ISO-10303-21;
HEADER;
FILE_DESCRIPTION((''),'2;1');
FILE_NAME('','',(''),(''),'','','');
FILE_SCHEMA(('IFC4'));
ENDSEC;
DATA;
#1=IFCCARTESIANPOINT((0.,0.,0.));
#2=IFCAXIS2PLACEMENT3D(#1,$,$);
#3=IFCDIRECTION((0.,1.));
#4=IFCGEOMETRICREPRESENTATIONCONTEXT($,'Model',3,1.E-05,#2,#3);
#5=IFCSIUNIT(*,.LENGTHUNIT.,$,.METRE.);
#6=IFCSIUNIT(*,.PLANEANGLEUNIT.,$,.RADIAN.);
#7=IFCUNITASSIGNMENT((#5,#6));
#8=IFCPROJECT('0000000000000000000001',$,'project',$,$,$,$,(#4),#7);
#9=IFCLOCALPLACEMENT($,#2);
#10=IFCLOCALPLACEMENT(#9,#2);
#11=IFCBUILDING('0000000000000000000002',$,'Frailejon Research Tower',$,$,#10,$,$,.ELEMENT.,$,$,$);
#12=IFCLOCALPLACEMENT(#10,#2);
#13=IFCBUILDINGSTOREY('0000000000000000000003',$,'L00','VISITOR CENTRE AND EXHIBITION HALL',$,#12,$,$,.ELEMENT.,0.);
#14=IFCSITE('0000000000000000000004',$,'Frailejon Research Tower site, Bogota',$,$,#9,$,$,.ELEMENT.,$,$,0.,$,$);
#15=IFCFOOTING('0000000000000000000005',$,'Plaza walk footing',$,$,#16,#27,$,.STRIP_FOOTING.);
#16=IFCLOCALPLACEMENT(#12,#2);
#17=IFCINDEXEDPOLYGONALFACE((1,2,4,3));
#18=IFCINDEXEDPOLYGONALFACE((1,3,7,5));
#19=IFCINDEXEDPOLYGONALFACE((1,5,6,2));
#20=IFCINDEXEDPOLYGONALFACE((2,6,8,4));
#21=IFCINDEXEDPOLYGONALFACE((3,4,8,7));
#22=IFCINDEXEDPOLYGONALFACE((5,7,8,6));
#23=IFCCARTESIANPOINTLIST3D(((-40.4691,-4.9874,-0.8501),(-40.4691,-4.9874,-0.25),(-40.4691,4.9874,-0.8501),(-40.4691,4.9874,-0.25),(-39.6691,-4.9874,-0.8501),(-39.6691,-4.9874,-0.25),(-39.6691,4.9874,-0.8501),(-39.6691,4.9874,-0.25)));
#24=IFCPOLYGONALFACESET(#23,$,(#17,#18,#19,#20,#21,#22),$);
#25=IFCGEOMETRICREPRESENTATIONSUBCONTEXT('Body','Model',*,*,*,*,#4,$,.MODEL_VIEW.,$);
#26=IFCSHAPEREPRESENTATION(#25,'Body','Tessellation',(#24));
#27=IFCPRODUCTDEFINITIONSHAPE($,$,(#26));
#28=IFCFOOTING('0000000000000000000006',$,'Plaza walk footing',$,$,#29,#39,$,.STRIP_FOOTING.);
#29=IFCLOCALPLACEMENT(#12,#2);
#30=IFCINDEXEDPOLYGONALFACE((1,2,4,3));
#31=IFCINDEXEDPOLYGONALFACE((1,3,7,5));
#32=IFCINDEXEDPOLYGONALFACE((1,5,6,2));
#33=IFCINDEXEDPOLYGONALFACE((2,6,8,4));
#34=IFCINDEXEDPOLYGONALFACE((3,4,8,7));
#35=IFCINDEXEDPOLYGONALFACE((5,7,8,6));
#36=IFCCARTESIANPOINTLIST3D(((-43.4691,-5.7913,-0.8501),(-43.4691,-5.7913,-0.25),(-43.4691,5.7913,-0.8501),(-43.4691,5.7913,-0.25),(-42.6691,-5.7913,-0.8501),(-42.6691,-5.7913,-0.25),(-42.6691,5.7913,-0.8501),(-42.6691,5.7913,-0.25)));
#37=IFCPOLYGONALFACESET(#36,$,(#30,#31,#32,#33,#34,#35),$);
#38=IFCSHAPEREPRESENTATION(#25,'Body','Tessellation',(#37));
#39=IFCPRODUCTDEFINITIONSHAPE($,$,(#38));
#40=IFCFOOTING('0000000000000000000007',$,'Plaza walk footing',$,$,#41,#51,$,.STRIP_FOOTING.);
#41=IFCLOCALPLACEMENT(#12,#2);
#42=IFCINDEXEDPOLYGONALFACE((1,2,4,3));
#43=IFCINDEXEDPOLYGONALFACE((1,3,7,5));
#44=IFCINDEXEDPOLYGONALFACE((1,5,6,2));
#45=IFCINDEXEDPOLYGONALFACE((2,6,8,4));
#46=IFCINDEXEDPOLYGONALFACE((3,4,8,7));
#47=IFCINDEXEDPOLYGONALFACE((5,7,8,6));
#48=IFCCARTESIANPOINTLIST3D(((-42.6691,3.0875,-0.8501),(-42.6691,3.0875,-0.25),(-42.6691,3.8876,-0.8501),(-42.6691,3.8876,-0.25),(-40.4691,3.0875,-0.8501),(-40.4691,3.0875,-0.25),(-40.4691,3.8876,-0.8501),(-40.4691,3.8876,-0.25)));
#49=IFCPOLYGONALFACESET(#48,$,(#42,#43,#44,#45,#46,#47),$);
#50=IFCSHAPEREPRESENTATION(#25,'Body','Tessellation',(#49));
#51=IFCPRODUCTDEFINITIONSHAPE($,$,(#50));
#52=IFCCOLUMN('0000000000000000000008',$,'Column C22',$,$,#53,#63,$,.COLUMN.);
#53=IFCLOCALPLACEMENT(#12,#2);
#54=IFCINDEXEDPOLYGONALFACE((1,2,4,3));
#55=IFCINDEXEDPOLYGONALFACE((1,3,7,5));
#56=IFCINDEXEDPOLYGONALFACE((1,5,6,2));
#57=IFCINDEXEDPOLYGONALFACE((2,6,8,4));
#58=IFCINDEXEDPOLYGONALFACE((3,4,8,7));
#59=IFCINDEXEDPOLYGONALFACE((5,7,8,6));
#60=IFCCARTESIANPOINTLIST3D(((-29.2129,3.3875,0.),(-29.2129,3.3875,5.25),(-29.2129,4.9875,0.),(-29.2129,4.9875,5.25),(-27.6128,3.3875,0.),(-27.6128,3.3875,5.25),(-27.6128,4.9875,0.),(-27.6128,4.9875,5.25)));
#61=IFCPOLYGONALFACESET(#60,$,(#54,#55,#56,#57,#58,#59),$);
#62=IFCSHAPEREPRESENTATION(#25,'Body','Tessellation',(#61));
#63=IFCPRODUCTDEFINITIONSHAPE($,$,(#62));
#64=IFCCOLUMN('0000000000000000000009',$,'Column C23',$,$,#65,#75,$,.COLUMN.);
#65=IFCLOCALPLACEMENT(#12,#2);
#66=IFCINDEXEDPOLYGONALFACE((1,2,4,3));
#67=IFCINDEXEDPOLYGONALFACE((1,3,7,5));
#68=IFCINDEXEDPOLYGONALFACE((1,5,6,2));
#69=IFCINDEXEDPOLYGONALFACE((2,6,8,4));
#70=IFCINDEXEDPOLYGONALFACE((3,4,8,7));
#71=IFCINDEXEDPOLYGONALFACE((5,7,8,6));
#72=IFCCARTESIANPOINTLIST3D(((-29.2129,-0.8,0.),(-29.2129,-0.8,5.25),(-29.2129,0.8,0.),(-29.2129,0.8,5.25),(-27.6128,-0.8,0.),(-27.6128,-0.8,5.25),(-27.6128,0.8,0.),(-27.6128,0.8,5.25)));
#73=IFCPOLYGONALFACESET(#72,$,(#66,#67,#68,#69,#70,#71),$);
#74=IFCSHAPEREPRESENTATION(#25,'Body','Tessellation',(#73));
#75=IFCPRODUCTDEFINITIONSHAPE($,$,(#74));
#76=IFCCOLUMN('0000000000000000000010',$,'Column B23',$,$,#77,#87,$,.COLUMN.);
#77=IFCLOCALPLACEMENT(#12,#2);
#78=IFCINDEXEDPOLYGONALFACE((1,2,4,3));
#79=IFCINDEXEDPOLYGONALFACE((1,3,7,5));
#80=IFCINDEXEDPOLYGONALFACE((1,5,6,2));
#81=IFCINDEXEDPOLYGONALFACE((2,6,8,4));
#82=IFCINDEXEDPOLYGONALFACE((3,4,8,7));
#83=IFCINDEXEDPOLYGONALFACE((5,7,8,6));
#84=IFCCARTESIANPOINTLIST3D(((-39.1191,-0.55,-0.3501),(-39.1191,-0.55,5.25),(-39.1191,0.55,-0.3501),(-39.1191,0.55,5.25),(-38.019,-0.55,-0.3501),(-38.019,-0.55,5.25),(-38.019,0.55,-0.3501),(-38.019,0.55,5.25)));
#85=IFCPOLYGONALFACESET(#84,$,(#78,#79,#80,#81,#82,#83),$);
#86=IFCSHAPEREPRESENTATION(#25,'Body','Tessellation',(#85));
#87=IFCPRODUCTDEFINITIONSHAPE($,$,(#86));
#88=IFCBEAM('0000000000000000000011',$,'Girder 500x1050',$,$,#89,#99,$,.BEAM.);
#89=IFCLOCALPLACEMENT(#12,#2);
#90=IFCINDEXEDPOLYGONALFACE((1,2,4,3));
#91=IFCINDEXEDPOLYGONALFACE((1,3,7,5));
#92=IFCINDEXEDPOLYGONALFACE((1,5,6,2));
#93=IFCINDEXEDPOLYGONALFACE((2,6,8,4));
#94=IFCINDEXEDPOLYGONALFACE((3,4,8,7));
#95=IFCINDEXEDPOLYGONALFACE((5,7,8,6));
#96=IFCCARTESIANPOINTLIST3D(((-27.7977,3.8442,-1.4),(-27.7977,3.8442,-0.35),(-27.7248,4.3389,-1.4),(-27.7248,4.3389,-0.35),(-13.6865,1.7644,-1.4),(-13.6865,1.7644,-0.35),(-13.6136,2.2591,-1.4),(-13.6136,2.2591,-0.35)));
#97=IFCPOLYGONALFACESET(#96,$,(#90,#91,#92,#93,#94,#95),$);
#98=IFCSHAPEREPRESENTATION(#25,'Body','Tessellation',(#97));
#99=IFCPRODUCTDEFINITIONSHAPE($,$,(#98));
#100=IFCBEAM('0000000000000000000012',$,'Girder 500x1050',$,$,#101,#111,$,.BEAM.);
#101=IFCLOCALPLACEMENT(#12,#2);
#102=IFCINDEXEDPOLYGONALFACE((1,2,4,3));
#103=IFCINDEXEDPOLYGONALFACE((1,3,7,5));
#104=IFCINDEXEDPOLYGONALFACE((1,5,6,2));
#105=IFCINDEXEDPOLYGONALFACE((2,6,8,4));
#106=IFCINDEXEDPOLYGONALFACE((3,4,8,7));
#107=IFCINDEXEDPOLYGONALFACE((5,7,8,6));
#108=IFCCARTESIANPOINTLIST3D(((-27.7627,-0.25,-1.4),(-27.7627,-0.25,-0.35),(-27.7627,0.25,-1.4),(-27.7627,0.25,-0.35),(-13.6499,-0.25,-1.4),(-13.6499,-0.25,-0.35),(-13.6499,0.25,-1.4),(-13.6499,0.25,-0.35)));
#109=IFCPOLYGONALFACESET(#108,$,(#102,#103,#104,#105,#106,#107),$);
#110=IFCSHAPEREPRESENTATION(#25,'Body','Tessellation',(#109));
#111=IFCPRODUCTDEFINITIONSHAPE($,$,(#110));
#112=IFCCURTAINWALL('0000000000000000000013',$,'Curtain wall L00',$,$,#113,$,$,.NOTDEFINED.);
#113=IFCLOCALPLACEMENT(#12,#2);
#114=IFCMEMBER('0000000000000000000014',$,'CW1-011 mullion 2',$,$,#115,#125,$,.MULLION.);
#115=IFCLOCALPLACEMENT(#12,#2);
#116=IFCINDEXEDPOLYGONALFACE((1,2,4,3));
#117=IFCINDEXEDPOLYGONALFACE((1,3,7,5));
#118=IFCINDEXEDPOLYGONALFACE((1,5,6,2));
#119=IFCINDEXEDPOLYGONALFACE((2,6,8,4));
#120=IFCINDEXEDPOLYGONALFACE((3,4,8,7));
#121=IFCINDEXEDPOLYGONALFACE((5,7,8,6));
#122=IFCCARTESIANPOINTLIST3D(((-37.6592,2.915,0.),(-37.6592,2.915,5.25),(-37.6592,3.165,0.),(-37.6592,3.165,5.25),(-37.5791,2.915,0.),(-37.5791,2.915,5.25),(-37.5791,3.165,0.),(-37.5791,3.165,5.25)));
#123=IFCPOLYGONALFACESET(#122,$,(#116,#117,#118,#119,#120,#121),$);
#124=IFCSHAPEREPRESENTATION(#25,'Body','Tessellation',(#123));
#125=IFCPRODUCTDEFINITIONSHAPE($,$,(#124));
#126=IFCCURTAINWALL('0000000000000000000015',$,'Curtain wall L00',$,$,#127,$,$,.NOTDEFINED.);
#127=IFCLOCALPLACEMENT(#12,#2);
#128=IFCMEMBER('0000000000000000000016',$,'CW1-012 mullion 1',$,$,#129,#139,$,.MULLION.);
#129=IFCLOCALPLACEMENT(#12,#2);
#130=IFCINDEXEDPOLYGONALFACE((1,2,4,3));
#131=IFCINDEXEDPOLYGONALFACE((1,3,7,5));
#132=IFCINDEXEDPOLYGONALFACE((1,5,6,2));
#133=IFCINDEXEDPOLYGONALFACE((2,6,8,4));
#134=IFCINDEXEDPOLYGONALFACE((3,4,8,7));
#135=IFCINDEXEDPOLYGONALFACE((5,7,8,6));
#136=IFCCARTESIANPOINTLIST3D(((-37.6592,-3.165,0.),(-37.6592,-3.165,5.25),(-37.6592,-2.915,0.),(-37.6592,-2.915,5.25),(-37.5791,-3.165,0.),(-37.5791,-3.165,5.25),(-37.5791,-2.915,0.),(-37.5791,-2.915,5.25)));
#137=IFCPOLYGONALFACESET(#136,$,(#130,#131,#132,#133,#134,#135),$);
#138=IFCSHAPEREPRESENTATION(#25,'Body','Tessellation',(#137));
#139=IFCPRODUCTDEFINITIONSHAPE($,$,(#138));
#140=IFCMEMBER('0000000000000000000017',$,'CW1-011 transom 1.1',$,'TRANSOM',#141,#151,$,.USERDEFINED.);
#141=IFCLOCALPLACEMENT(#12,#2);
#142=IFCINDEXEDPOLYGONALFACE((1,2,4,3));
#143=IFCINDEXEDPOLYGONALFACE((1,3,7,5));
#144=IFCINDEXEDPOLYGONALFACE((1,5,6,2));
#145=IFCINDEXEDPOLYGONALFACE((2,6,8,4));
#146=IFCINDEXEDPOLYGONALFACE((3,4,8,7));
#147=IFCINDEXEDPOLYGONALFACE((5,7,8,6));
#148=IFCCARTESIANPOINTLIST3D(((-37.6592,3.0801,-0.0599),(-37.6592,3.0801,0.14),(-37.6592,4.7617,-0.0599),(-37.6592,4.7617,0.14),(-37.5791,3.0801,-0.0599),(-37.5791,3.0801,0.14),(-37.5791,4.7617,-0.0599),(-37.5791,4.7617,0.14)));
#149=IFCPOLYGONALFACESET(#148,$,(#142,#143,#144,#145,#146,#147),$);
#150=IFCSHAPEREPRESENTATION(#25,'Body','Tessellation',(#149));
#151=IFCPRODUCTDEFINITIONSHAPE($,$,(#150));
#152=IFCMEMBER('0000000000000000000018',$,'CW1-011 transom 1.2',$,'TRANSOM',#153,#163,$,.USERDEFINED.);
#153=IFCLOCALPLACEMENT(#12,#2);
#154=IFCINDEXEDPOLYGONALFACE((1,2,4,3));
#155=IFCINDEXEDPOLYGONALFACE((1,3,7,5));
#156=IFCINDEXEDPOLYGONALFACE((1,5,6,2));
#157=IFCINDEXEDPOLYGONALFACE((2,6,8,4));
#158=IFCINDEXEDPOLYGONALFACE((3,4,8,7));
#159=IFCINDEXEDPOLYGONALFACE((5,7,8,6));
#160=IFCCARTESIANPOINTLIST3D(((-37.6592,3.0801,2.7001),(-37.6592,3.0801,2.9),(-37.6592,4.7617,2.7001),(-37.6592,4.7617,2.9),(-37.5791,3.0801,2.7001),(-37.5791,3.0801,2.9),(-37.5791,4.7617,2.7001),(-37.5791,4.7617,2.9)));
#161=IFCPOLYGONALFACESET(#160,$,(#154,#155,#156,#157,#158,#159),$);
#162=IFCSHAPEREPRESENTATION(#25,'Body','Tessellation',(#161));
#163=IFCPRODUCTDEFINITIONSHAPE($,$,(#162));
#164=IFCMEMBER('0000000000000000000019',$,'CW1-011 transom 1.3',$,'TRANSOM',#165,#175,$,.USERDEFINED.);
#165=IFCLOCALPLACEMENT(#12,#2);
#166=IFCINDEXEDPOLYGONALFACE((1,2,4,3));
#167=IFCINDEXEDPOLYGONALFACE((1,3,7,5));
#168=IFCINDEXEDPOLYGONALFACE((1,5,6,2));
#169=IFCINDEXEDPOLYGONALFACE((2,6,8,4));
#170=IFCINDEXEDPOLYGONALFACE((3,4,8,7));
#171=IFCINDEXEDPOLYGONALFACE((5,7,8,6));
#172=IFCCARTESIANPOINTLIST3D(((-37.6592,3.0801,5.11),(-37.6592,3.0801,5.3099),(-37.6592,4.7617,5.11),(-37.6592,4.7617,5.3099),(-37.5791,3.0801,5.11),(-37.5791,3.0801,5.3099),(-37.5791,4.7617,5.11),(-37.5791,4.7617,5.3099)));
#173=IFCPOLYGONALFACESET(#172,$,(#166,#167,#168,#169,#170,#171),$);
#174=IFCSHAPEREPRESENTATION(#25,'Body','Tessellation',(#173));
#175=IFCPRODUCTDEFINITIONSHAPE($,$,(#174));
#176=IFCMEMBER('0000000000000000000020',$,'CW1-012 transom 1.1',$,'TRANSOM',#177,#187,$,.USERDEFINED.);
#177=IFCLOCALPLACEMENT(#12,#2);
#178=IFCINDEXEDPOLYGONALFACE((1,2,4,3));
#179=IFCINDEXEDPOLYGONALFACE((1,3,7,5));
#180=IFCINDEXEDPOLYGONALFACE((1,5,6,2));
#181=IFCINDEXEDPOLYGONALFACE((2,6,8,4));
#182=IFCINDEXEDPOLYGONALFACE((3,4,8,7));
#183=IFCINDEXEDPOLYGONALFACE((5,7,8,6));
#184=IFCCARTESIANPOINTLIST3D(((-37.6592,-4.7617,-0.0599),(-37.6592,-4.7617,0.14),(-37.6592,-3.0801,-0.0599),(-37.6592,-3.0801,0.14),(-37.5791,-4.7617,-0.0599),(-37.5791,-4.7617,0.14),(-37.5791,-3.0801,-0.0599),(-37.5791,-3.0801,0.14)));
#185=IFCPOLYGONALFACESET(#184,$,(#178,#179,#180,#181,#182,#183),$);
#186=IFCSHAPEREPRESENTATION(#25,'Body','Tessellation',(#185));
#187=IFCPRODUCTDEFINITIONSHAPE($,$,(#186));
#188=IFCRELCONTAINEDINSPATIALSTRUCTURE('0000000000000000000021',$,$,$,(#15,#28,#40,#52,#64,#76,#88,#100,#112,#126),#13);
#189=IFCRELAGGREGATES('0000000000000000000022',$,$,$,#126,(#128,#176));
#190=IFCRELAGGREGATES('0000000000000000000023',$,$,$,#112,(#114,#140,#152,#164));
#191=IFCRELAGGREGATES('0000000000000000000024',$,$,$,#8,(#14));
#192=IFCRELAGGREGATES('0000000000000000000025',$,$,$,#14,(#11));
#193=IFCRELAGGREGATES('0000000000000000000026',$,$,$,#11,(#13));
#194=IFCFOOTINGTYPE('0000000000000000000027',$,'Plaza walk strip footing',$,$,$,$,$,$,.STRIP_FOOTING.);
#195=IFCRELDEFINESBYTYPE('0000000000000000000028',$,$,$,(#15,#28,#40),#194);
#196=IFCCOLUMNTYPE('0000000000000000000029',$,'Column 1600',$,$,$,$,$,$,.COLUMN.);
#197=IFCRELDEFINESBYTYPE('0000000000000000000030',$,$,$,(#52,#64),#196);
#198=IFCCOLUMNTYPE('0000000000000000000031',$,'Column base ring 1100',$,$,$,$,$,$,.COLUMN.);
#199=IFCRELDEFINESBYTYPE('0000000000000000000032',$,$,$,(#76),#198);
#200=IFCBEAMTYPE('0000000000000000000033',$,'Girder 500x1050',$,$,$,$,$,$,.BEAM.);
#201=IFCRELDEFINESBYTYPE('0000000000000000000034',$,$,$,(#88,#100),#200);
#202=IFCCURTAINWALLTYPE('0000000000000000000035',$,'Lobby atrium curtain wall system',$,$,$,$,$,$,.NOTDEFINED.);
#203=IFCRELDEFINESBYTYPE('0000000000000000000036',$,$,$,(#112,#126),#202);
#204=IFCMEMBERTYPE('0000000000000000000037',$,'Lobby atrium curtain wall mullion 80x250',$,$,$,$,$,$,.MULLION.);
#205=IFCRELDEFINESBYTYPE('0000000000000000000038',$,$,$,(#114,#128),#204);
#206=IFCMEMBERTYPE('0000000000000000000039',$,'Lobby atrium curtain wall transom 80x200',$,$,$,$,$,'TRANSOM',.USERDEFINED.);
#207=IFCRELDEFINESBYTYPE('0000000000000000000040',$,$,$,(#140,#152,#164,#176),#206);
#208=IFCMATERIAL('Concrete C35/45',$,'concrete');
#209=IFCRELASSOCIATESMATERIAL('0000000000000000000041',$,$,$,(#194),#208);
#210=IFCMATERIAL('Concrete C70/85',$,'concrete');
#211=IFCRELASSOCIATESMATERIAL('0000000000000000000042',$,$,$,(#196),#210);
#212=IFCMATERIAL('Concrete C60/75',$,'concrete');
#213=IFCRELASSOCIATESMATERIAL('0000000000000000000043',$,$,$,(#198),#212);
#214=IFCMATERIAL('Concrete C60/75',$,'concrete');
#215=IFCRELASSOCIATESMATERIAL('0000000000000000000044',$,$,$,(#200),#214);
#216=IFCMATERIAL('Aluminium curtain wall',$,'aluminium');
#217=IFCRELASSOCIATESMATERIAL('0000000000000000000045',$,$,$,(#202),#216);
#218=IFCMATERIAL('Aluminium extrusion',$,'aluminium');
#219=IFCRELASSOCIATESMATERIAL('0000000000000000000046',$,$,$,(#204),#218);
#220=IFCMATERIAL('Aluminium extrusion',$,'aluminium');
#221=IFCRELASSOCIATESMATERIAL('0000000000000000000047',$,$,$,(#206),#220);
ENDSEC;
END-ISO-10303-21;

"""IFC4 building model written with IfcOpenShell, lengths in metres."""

from ifc_helpers import new_model, si_unit, direction, frame, origin, origin_2d, place, context, subcontext, project, spatial, rectangle, extrude, material, material_profile, profile_set, type_object, element, aggregate, save


model = new_model("IFC4")

# Units and contexts
model_context = context("Model", 3, precision=1e-05, world=origin(), true_north=direction((0.0, 1.0)))
body_context = subcontext(model_context, "Body", "Model", "MODEL_VIEW")
ifc_project = project(units=[si_unit("LENGTHUNIT", "METRE"), si_unit("PLANEANGLEUNIT", "RADIAN")], contexts=[model_context])

# Site, building, storey
site_placement = place(None, origin())
site = spatial("IfcSite", under=ifc_project, at=site_placement, Name="Frailejon Research Tower site, Bogota", CompositionType="ELEMENT", RefElevation=0.0)
building_placement = place(site_placement, origin())
building = spatial("IfcBuilding", under=site, at=building_placement, Name="Frailejon Research Tower", CompositionType="ELEMENT")
storey_placement = place(building_placement, origin())
storey = spatial("IfcBuildingStorey", under=building, at=storey_placement, Name="L00", Description="VISITOR CENTRE AND EXHIBITION HALL", CompositionType="ELEMENT", Elevation=0.0)

# Footings
ifc_material_1 = material(Name="Concrete C35/45", Category="concrete")
footing_type = type_object("IfcFootingType", Name="Plaza walk strip footing", PredefinedType="STRIP_FOOTING", material=ifc_material_1)
footing_1_placement = place(storey_placement, frame((-40.0691, 0.0, -0.8501), z_axis=(0.0, 0.0, 1.0), x_axis=(-1.0, 0.0, 0.0)))
element("IfcFooting", 1, at=footing_1_placement, inside=storey, type_object=footing_type, Name="Plaza walk footing", PredefinedType="STRIP_FOOTING", context=body_context, shape_type="SweptSolid", body=[
    extrude(rectangle(XDim=0.8, YDim=9.9749, at=origin_2d()), origin(), (0.0, 0.0, 1.0), 0.6001),
])
footing_2_placement = place(storey_placement, frame((-43.0691, 0.0, -0.8501), z_axis=(0.0, 0.0, 1.0), x_axis=(-1.0, 0.0, 0.0)))
element("IfcFooting", 2, at=footing_2_placement, inside=storey, type_object=footing_type, Name="Plaza walk footing", PredefinedType="STRIP_FOOTING", context=body_context, shape_type="SweptSolid", body=[
    extrude(rectangle(XDim=0.8, YDim=11.5825, at=origin_2d()), origin(), (0.0, 0.0, 1.0), 0.6001),
])
footing_3_placement = place(storey_placement, frame((-41.5691, 3.4875, -0.8501), z_axis=(0.0, 0.0, 1.0), x_axis=(0.0, 1.0, 0.0)))
element("IfcFooting", 3, at=footing_3_placement, inside=storey, type_object=footing_type, Name="Plaza walk footing", PredefinedType="STRIP_FOOTING", context=body_context, shape_type="SweptSolid", body=[
    extrude(rectangle(XDim=0.8, YDim=2.2, at=origin_2d()), origin(), (0.0, 0.0, 1.0), 0.6001),
])

# Columns
ifc_material_2 = material(Name="Concrete C70/85", Category="concrete")
ifc_material_profile_1 = material_profile(ifc_material_2, rectangle(XDim=1.6001, YDim=1.6001, at=origin_2d()), Name="Column 1600")
ifc_profile_set_1 = profile_set([ifc_material_profile_1], Name="Concrete C70/85")
column_type_1 = type_object("IfcColumnType", Name="Column 1600", PredefinedType="COLUMN", material=ifc_profile_set_1)
for number, where, z_axis, x_axis, name in (
    (4, (-28.4128, 4.1875, 0.0), (0.0, 0.0, 1.0), (0.0, -1.0, 0.0), "Column C22"),
    (5, (-28.4128, 0.0, 0.0), (0.0, 0.0, 1.0), (0.0, -1.0, 0.0), "Column C23"),
):
    element("IfcColumn", number, at=place(storey_placement, frame(where, z_axis=z_axis, x_axis=x_axis)), inside=storey, type_object=column_type_1, Name=name, PredefinedType="COLUMN", context=body_context, shape_type="SweptSolid", body=[
        extrude(rectangle(XDim=1.6001, YDim=1.6001, at=origin_2d()), origin(), (0.0, 0.0, 1.0), 5.25),
    ])
ifc_material_3 = material(Name="Concrete C60/75", Category="concrete")
ifc_material_profile_2 = material_profile(ifc_material_3, rectangle(XDim=1.1001, YDim=1.1001, at=origin_2d()), Name="Column base ring 1100")
ifc_profile_set_2 = profile_set([ifc_material_profile_2], Name="Concrete C60/75")
column_type_2 = type_object("IfcColumnType", Name="Column base ring 1100", PredefinedType="COLUMN", material=ifc_profile_set_2)
column_placement = place(storey_placement, frame((-38.5691, 0.0, -0.3501), z_axis=(0.0, 0.0, 1.0), x_axis=(0.0, -1.0, 0.0)))
element("IfcColumn", 6, at=column_placement, inside=storey, type_object=column_type_2, Name="Column B23", PredefinedType="COLUMN", context=body_context, shape_type="SweptSolid", body=[
    extrude(rectangle(XDim=1.1001, YDim=1.1001, at=origin_2d()), origin(), (0.0, 0.0, 1.0), 5.6001),
])

# Beams
ifc_material_4 = material(Name="Concrete C60/75", Category="concrete")
ifc_material_profile_3 = material_profile(ifc_material_4, rectangle(XDim=0.5, YDim=1.05, at=origin_2d()), Name="Girder 500x1050")
ifc_profile_set_3 = profile_set([ifc_material_profile_3], Name="Concrete C60/75")
beam_type_1 = type_object("IfcBeamType", Name="Girder 500x1050", PredefinedType="BEAM", material=ifc_profile_set_3)
beam_1_placement = place(storey_placement, frame((-27.7612, 4.0916, -0.875), z_axis=(0.989312, -0.145812, 0.0), x_axis=(0.145812, 0.989312, 0.0)))
element("IfcBeam", 7, at=beam_1_placement, inside=storey, type_object=beam_type_1, Name="Girder 500x1050", PredefinedType="BEAM", context=body_context, shape_type="SweptSolid", body=[
    extrude(rectangle(XDim=0.5, YDim=1.05, at=origin_2d()), origin(), (0.0, 0.0, 1.0), 14.2637),
])
beam_2_placement = place(storey_placement, frame((-27.7627, 0.0, -0.875), z_axis=(1.0, 0.0, 0.0), x_axis=(0.0, 1.0, 0.0)))
element("IfcBeam", 8, at=beam_2_placement, inside=storey, type_object=beam_type_1, Name="Girder 500x1050", PredefinedType="BEAM", context=body_context, shape_type="SweptSolid", body=[
    extrude(rectangle(XDim=0.5, YDim=1.05, at=origin_2d()), origin(), (0.0, 0.0, 1.0), 14.1128),
])

# Curtain walls, members
ifc_material_5 = material(Name="Aluminium curtain wall", Category="aluminium")
curtain_wall_type = type_object("IfcCurtainWallType", Name="Lobby atrium curtain wall system", PredefinedType="NOTDEFINED", material=ifc_material_5)
curtain_wall_1_placement = place(storey_placement, origin())
curtain_wall_1 = element("IfcCurtainWall", 9, at=curtain_wall_1_placement, inside=storey, type_object=curtain_wall_type, Name="Curtain wall L00", PredefinedType="NOTDEFINED")
ifc_material_6 = material(Name="Aluminium extrusion", Category="aluminium")
ifc_material_profile_4 = material_profile(ifc_material_6, rectangle(XDim=0.0801, YDim=0.25, at=origin_2d()), Name="Lobby atrium curtain wall mullion 80x250")
ifc_profile_set_4 = profile_set([ifc_material_profile_4], Name="Aluminium extrusion")
member_type_1 = type_object("IfcMemberType", Name="Lobby atrium curtain wall mullion 80x250", PredefinedType="MULLION", material=ifc_profile_set_4)
member_1_placement = place(storey_placement, frame((-37.6191, 3.04, 0.0), z_axis=(0.0, 0.0, 1.0), x_axis=(1.0, 0.0, 0.0)))
member_1 = element("IfcMember", 10, at=member_1_placement, type_object=member_type_1, Name="CW1-011 mullion 2", PredefinedType="MULLION", context=body_context, shape_type="SweptSolid", body=[
    extrude(rectangle(XDim=0.0801, YDim=0.25, at=origin_2d()), origin(), (0.0, 0.0, 1.0), 5.25),
])
curtain_wall_2_placement = place(storey_placement, origin())
curtain_wall_2 = element("IfcCurtainWall", 11, at=curtain_wall_2_placement, inside=storey, type_object=curtain_wall_type, Name="Curtain wall L00", PredefinedType="NOTDEFINED")
member_2_placement = place(storey_placement, frame((-37.6191, -3.04, 0.0), z_axis=(0.0, 0.0, 1.0), x_axis=(1.0, 0.0, 0.0)))
member_2 = element("IfcMember", 12, at=member_2_placement, type_object=member_type_1, Name="CW1-012 mullion 1", PredefinedType="MULLION", context=body_context, shape_type="SweptSolid", body=[
    extrude(rectangle(XDim=0.0801, YDim=0.25, at=origin_2d()), origin(), (0.0, 0.0, 1.0), 5.25),
])

# Members
ifc_material_7 = material(Name="Aluminium extrusion", Category="aluminium")
ifc_material_profile_5 = material_profile(ifc_material_7, rectangle(XDim=0.0801, YDim=0.2, at=origin_2d()), Name="Lobby atrium curtain wall transom 80x200")
ifc_profile_set_5 = profile_set([ifc_material_profile_5], Name="Aluminium extrusion")
member_type_2 = type_object("IfcMemberType", Name="Lobby atrium curtain wall transom 80x200", ElementType="TRANSOM", PredefinedType="USERDEFINED", material=ifc_profile_set_5)
member_3_placement = place(storey_placement, frame((-37.6191, 4.7617, 0.04), z_axis=(0.0, -1.0, 0.0), x_axis=(1.0, 0.0, 0.0)))
member_3 = element("IfcMember", 13, at=member_3_placement, type_object=member_type_2, Name="CW1-011 transom 1.1", ObjectType="TRANSOM", PredefinedType="USERDEFINED", context=body_context, shape_type="SweptSolid", body=[
    extrude(rectangle(XDim=0.0801, YDim=0.2, at=origin_2d()), origin(), (0.0, 0.0, 1.0), 1.6816),
])
member_4_placement = place(storey_placement, frame((-37.6191, 4.7617, 2.8), z_axis=(0.0, -1.0, 0.0), x_axis=(1.0, 0.0, 0.0)))
member_4 = element("IfcMember", 14, at=member_4_placement, type_object=member_type_2, Name="CW1-011 transom 1.2", ObjectType="TRANSOM", PredefinedType="USERDEFINED", context=body_context, shape_type="SweptSolid", body=[
    extrude(rectangle(XDim=0.0801, YDim=0.2, at=origin_2d()), origin(), (0.0, 0.0, 1.0), 1.6816),
])
member_5_placement = place(storey_placement, frame((-37.6191, 4.7617, 5.21), z_axis=(0.0, -1.0, 0.0), x_axis=(1.0, 0.0, 0.0)))
member_5 = element("IfcMember", 15, at=member_5_placement, type_object=member_type_2, Name="CW1-011 transom 1.3", ObjectType="TRANSOM", PredefinedType="USERDEFINED", context=body_context, shape_type="SweptSolid", body=[
    extrude(rectangle(XDim=0.0801, YDim=0.2, at=origin_2d()), origin(), (0.0, 0.0, 1.0), 1.6816),
])
member_6_placement = place(storey_placement, frame((-37.6191, -3.0801, 0.04), z_axis=(0.0, -1.0, 0.0), x_axis=(1.0, 0.0, 0.0)))
member_6 = element("IfcMember", 16, at=member_6_placement, type_object=member_type_2, Name="CW1-012 transom 1.1", ObjectType="TRANSOM", PredefinedType="USERDEFINED", context=body_context, shape_type="SweptSolid", body=[
    extrude(rectangle(XDim=0.0801, YDim=0.2, at=origin_2d()), origin(), (0.0, 0.0, 1.0), 1.6816),
])
aggregate(curtain_wall_2, [member_2, member_6])

aggregate(curtain_wall_1, [member_1, member_3, member_4, member_5])

save(model, "model.ifc")
